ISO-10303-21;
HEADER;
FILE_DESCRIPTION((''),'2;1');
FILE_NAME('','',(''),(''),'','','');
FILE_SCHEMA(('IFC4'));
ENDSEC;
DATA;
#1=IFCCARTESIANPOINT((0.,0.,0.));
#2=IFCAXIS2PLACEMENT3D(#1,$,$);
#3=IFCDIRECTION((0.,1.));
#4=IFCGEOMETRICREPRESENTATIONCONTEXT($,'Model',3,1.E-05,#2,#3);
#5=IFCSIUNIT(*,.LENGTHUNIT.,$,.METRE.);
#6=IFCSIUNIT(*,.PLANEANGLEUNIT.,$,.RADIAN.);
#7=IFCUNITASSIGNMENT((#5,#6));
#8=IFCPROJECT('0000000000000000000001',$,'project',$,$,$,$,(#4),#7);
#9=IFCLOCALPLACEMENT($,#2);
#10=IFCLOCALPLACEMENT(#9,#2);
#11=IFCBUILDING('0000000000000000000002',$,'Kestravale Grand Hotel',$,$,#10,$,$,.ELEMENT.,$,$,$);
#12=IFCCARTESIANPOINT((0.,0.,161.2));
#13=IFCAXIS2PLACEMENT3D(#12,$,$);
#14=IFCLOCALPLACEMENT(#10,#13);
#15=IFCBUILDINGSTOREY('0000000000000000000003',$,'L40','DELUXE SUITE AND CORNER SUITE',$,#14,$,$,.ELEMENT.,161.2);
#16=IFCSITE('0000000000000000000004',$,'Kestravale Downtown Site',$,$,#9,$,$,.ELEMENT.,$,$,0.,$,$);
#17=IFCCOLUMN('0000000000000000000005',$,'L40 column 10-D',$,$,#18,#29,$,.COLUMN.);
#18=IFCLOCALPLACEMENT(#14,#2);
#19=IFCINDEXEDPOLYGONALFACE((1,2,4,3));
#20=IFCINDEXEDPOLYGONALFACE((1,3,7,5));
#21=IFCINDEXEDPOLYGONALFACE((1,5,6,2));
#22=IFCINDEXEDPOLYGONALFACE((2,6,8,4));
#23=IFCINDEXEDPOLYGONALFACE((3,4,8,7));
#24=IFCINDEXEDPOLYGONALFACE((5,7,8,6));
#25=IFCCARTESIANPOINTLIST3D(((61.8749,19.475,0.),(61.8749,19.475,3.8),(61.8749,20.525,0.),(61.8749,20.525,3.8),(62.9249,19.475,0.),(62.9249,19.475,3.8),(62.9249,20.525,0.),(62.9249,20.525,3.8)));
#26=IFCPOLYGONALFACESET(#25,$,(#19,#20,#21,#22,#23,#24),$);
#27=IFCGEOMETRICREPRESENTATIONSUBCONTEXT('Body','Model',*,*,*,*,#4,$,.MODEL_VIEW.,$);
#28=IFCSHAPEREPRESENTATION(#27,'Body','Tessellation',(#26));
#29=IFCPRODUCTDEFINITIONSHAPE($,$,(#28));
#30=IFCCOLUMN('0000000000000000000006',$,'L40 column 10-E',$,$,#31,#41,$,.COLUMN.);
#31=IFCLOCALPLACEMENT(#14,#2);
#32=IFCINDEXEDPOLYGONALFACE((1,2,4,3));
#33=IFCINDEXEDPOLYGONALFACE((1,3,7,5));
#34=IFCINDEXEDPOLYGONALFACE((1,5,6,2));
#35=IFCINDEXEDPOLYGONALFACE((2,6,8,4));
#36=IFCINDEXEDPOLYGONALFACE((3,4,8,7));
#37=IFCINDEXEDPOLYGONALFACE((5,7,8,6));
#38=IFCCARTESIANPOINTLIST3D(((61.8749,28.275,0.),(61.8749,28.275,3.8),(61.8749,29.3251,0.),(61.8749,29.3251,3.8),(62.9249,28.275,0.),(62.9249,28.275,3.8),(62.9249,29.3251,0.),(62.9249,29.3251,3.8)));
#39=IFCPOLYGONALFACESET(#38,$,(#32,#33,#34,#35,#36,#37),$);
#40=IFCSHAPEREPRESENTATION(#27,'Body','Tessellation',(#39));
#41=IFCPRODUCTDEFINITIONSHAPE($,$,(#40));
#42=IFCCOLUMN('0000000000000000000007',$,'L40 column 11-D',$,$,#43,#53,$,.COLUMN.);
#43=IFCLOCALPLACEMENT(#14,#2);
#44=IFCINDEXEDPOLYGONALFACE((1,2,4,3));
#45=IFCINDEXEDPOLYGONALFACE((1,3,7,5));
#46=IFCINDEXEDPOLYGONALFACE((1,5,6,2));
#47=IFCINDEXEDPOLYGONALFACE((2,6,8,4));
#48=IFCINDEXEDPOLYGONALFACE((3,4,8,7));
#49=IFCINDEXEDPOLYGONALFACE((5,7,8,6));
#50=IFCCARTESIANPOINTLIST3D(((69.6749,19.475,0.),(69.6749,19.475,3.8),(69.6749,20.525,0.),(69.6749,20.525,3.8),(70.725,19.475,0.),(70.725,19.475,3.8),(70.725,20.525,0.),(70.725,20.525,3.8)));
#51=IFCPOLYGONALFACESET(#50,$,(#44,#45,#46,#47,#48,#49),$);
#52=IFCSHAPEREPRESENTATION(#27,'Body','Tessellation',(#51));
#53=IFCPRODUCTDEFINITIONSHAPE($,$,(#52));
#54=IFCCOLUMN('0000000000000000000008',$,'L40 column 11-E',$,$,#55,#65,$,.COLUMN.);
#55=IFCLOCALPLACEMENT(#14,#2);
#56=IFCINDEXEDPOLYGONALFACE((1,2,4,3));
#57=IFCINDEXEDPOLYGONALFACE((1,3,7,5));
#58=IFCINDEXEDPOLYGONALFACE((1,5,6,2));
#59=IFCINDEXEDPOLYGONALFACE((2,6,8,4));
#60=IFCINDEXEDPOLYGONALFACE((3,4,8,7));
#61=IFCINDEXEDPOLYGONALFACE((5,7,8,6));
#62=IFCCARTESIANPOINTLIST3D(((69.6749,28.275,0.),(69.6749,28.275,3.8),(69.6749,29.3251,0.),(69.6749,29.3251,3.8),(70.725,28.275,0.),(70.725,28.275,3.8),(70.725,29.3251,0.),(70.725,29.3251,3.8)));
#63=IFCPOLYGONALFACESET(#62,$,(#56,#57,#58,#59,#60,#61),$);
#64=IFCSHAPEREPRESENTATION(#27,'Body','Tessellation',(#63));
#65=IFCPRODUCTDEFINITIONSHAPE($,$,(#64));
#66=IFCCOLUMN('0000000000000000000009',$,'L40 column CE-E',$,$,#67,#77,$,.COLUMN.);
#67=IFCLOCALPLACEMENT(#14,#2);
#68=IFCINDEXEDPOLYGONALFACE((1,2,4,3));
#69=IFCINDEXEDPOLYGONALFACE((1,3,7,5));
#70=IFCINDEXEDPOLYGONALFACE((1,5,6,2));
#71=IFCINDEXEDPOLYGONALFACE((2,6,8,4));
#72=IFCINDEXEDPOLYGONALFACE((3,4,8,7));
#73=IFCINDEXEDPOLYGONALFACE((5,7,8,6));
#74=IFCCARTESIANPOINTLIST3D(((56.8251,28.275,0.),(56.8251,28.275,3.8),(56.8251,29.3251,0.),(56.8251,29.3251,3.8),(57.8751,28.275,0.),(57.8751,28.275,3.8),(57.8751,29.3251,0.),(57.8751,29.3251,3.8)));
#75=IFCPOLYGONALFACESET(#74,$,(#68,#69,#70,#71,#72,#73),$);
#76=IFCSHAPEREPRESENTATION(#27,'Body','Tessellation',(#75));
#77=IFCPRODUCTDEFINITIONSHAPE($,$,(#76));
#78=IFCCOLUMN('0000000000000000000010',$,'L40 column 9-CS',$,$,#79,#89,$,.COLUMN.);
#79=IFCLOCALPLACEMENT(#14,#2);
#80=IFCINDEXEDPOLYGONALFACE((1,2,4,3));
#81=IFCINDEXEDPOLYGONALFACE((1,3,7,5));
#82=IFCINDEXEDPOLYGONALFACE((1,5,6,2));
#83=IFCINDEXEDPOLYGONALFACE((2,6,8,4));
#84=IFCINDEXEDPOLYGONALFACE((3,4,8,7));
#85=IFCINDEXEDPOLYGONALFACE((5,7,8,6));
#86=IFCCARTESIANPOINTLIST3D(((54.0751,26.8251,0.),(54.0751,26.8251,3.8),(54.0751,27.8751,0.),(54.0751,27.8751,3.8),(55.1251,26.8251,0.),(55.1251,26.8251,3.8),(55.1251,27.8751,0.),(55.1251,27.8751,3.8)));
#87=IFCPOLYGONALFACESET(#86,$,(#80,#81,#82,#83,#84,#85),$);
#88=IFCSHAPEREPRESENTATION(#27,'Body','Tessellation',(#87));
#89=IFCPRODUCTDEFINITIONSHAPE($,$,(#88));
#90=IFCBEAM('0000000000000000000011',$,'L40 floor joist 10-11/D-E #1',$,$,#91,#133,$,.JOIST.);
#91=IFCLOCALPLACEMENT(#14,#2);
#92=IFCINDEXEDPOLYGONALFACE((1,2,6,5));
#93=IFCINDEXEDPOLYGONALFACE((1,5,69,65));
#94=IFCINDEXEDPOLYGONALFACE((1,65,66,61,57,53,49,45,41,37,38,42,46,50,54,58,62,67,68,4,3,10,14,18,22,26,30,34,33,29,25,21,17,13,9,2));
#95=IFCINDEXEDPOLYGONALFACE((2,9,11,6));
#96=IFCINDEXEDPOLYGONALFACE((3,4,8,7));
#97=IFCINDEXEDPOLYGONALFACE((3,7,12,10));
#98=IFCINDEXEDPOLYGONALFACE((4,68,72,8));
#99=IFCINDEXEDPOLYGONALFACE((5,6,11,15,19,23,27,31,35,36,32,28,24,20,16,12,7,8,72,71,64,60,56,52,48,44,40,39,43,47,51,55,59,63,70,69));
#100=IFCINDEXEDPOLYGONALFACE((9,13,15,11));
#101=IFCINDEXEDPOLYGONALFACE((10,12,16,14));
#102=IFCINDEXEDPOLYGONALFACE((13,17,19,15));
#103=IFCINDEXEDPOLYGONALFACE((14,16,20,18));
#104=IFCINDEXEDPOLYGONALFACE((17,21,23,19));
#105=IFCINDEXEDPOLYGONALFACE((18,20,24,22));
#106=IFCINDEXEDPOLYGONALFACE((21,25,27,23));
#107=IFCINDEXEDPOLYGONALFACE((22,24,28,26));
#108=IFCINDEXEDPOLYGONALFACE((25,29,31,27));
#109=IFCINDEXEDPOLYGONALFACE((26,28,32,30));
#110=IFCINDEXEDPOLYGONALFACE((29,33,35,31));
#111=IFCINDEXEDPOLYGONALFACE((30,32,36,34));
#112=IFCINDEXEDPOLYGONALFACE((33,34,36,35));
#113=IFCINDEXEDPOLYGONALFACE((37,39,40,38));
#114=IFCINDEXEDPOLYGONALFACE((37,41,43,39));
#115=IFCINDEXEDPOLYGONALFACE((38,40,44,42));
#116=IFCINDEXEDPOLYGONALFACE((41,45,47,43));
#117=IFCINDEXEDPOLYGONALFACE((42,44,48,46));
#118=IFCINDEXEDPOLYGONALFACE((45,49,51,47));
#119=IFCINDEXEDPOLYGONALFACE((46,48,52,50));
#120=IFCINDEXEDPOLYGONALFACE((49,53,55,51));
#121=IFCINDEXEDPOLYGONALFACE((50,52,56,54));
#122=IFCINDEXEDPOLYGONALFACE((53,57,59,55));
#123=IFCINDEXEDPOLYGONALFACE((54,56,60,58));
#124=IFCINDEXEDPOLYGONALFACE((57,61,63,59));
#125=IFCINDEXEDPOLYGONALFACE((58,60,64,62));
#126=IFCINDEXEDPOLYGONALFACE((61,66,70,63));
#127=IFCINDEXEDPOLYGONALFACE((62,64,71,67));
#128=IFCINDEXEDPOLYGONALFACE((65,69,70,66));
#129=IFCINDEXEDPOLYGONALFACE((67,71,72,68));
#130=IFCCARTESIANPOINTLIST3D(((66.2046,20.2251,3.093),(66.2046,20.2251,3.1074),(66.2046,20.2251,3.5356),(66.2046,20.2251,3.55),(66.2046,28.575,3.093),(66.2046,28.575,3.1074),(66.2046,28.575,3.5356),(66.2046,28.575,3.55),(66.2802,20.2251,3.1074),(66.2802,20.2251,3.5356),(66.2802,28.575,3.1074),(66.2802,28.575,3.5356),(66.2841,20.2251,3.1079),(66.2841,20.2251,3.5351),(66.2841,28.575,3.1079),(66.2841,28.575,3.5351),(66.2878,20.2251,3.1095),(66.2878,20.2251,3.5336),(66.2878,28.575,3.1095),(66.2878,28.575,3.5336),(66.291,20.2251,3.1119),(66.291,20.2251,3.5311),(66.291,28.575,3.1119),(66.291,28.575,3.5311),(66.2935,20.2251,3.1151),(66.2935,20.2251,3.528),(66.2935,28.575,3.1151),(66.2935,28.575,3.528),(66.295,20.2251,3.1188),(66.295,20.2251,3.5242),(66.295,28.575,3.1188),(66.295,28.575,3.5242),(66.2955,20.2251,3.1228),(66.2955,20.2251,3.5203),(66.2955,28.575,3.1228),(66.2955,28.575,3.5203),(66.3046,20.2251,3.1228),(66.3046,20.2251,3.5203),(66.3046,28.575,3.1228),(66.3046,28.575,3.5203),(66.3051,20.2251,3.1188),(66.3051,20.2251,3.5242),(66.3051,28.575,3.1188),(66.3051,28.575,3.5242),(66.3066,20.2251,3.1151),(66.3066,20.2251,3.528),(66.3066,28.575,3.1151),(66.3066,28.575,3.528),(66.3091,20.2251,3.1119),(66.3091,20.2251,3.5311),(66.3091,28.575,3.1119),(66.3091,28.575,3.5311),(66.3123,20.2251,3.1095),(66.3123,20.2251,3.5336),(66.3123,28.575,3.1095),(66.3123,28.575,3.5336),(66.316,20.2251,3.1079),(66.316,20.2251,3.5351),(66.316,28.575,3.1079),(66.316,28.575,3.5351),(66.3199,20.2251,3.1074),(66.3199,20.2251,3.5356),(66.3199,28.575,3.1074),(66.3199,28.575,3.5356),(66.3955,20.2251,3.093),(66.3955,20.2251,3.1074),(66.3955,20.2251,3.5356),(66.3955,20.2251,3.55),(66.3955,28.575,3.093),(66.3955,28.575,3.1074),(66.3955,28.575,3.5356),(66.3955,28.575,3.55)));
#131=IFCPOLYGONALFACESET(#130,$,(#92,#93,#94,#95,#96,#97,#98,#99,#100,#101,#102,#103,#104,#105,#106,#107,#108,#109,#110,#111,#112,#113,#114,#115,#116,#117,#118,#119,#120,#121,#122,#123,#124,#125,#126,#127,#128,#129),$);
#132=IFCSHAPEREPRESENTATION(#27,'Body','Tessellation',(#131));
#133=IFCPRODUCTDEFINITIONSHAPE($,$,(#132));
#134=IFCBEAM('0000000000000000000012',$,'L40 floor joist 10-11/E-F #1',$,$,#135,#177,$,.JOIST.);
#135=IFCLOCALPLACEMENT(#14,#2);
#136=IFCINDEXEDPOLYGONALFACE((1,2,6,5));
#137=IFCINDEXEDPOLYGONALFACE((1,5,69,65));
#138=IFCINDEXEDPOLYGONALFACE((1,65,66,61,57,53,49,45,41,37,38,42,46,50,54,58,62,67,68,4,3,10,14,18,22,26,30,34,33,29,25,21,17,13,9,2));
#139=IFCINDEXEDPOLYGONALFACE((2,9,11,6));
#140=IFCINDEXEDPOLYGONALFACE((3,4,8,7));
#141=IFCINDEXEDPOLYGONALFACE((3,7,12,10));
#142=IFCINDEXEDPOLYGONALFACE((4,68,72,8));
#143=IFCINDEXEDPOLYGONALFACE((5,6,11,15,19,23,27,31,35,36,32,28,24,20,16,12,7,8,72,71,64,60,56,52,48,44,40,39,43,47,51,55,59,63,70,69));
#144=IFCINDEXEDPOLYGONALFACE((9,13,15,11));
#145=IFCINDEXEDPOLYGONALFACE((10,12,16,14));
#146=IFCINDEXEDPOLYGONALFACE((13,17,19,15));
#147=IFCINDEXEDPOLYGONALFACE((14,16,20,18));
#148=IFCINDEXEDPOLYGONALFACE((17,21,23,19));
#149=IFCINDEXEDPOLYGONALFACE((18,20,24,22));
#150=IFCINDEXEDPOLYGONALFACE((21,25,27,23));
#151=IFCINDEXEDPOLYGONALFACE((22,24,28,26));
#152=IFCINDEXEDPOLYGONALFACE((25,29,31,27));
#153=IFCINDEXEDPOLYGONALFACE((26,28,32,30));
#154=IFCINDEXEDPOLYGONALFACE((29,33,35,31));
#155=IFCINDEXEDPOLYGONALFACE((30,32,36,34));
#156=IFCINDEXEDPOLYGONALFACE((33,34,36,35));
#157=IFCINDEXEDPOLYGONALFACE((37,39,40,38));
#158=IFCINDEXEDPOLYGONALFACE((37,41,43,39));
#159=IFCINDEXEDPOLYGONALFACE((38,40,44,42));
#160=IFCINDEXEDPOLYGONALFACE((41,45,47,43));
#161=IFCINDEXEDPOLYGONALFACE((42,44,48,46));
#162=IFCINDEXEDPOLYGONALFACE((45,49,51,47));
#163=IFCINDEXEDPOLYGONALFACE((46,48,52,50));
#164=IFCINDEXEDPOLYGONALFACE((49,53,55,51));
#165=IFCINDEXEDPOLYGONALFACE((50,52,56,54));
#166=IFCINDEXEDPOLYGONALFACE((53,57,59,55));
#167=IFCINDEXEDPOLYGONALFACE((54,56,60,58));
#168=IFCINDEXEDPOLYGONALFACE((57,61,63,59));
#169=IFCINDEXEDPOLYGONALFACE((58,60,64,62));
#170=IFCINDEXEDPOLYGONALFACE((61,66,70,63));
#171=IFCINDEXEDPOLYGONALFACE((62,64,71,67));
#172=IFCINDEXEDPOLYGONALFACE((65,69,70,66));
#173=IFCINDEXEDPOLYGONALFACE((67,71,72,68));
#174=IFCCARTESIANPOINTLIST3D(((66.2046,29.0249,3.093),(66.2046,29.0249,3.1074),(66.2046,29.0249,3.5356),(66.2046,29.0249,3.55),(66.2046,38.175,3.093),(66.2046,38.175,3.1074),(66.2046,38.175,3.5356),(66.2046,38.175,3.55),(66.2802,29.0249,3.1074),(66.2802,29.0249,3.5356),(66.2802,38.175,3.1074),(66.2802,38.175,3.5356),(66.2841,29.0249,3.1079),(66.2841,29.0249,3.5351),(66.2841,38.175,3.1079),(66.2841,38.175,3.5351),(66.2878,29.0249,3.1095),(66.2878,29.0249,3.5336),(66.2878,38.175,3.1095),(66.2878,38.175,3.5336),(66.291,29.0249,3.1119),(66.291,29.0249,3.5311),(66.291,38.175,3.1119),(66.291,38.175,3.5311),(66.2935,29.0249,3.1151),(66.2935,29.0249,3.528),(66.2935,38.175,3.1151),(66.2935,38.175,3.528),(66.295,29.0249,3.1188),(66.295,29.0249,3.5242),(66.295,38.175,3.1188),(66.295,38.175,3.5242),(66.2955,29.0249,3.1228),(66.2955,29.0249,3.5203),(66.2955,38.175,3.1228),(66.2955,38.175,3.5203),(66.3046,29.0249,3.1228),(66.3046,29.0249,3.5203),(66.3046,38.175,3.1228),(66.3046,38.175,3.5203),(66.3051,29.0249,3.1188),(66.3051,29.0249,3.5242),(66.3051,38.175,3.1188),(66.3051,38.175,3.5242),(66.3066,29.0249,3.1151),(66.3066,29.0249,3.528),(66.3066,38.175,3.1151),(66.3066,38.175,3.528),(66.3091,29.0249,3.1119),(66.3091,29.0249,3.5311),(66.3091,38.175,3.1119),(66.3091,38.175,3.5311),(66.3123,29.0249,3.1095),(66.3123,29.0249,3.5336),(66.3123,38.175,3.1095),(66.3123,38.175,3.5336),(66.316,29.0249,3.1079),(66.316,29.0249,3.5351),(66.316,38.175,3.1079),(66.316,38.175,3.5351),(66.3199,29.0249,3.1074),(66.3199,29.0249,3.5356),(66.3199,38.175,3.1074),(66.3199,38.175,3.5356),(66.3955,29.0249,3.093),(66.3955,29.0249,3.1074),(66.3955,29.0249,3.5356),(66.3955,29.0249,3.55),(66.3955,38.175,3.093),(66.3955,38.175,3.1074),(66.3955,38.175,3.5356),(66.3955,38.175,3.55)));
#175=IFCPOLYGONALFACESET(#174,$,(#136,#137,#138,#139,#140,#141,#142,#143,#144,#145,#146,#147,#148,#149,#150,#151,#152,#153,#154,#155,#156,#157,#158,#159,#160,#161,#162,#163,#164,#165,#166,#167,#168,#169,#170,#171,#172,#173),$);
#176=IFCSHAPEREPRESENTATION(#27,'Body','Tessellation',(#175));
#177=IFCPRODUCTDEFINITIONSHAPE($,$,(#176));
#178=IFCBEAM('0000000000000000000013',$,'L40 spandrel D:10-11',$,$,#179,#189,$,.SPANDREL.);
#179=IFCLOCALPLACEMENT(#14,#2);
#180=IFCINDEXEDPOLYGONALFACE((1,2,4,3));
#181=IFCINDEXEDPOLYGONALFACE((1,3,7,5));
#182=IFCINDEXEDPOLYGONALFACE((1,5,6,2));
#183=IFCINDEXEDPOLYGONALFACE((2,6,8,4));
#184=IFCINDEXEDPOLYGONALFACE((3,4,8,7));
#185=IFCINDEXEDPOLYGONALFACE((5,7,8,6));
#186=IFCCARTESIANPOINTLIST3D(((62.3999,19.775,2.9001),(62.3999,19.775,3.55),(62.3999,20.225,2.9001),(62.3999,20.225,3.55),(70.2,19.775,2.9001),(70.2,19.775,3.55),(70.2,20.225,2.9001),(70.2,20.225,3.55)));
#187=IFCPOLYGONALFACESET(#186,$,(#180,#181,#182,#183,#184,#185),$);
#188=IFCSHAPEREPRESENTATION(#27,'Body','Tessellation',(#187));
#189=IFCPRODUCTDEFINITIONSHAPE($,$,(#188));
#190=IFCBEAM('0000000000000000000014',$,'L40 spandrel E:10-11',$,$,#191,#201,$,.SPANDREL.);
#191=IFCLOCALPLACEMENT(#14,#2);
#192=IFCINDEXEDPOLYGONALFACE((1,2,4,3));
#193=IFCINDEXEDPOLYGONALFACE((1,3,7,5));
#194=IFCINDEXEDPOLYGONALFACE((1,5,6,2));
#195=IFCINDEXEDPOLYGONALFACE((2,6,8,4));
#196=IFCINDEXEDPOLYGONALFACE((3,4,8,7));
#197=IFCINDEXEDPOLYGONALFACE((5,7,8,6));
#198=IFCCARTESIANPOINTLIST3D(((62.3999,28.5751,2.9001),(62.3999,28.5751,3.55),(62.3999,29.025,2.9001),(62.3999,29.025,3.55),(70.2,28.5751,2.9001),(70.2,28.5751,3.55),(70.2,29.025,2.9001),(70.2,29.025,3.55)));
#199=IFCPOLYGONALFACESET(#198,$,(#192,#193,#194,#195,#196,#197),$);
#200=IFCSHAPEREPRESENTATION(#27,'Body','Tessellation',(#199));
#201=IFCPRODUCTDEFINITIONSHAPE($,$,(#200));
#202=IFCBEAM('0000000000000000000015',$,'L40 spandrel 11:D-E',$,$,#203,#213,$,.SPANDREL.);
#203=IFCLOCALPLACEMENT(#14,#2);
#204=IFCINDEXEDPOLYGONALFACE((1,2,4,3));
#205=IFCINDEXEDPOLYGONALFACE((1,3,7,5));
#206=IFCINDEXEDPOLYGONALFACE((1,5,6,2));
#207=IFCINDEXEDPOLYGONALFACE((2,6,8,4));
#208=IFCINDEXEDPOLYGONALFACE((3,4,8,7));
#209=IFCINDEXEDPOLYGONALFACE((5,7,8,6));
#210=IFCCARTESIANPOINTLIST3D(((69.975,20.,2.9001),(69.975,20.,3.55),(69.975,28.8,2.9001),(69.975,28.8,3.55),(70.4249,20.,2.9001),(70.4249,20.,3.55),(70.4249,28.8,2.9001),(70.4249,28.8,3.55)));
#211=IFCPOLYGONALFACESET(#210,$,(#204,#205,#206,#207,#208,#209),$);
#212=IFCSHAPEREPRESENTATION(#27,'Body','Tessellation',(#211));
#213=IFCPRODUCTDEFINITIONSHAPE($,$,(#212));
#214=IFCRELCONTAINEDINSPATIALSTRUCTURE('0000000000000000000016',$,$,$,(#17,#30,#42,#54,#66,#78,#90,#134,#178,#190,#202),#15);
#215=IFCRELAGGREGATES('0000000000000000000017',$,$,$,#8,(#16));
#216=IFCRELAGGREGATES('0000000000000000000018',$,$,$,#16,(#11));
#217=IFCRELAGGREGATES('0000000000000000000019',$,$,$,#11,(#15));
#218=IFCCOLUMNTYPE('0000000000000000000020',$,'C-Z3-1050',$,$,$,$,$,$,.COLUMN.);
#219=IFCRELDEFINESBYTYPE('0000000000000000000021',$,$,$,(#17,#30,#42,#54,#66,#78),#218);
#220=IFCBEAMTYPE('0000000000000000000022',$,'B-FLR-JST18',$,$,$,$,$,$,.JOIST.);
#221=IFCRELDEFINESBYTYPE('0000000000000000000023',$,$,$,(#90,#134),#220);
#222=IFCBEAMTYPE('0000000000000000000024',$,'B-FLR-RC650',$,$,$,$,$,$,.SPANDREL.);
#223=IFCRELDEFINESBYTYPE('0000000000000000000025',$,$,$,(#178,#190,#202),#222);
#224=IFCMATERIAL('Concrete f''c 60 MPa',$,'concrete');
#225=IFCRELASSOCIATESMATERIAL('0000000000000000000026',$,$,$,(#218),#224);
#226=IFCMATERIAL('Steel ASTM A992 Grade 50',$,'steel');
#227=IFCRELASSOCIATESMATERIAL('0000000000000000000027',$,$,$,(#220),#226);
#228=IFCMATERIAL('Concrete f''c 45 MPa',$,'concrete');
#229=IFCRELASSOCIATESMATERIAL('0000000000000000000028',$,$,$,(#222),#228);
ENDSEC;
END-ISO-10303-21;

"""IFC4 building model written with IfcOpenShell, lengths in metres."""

from ifc_helpers import new_model, si_unit, direction, frame, origin, origin_2d, place, context, subcontext, project, spatial, rectangle, i_section, extrude, material, material_profile, profile_set, type_object, element, save


model = new_model("IFC4")

# Units and contexts
model_context = context("Model", 3, precision=1e-05, world=origin(), true_north=direction((0.0, 1.0)))
body_context = subcontext(model_context, "Body", "Model", "MODEL_VIEW")
ifc_project = project(units=[si_unit("LENGTHUNIT", "METRE"), si_unit("PLANEANGLEUNIT", "RADIAN")], contexts=[model_context])

# Site, building, storey
site_placement = place(None, origin())
site = spatial("IfcSite", under=ifc_project, at=site_placement, Name="Kestravale Downtown Site", CompositionType="ELEMENT", RefElevation=0.0)
building_placement = place(site_placement, origin())
building = spatial("IfcBuilding", under=site, at=building_placement, Name="Kestravale Grand Hotel", CompositionType="ELEMENT")
storey_placement = place(building_placement, frame((0.0, 0.0, 161.2)))
storey = spatial("IfcBuildingStorey", under=building, at=storey_placement, Name="L40", Description="DELUXE SUITE AND CORNER SUITE", CompositionType="ELEMENT", Elevation=161.2)

# Columns
ifc_material_1 = material(Name="Concrete f'c 60 MPa", Category="concrete")
ifc_material_profile_1 = material_profile(ifc_material_1, rectangle(XDim=1.05, YDim=1.05, at=origin_2d()))
ifc_profile_set_1 = profile_set([ifc_material_profile_1], Name="Concrete f'c 60 MPa")
column_type = type_object("IfcColumnType", Name="C-Z3-1050", PredefinedType="COLUMN", material=ifc_profile_set_1)
for number, where, z_axis, x_axis, name in (
    (1, (62.3999, 20.0, 0.0), (0.0, 0.0, 1.0), (1.0, 0.0, 0.0), "L40 column 10-D"),
    (2, (62.3999, 28.8, 0.0), (0.0, 0.0, 1.0), (1.0, 0.0, 0.0), "L40 column 10-E"),
    (3, (70.2, 20.0, 0.0), (0.0, 0.0, 1.0), (1.0, 0.0, 0.0), "L40 column 11-D"),
    (4, (70.2, 28.8, 0.0), (0.0, 0.0, 1.0), (1.0, 0.0, 0.0), "L40 column 11-E"),
    (5, (57.3501, 28.8, 0.0), (0.0, 0.0, 1.0), (1.0, 0.0, 0.0), "L40 column CE-E"),
    (6, (54.6001, 27.3501, 0.0), (0.0, 0.0, 1.0), (1.0, 0.0, 0.0), "L40 column 9-CS"),
):
    element("IfcColumn", number, at=place(storey_placement, frame(where, z_axis=z_axis, x_axis=x_axis)), inside=storey, type_object=column_type, Name=name, PredefinedType="COLUMN", context=body_context, shape_type="SweptSolid", body=[
        extrude(rectangle(XDim=1.05, YDim=1.05, at=origin_2d()), origin(), (0.0, 0.0, 1.0), 3.8),
    ])

# Beams
ifc_material_2 = material(Name="Steel ASTM A992 Grade 50", Category="steel")
ifc_material_profile_2 = material_profile(ifc_material_2, i_section(OverallWidth=0.1909, OverallDepth=0.457, WebThickness=0.009, FlangeThickness=0.0144, FilletRadius=0.0154, at=origin_2d()))
ifc_profile_set_2 = profile_set([ifc_material_profile_2], Name="Steel ASTM A992 Grade 50")
beam_type_1 = type_object("IfcBeamType", Name="B-FLR-JST18", PredefinedType="JOIST", material=ifc_profile_set_2)
beam_1_placement = place(storey_placement, frame((66.3, 20.2251, 3.3215), z_axis=(0.0, 1.0, 0.0), x_axis=(-1.0, 0.0, 0.0)))
element("IfcBeam", 7, at=beam_1_placement, inside=storey, type_object=beam_type_1, Name="L40 floor joist 10-11/D-E #1", PredefinedType="JOIST", context=body_context, shape_type="SweptSolid", body=[
    extrude(i_section(OverallWidth=0.1909, OverallDepth=0.457, WebThickness=0.009, FlangeThickness=0.0144, FilletRadius=0.0154, at=origin_2d()), origin(), (0.0, 0.0, 1.0), 8.3499),
])
beam_2_placement = place(storey_placement, frame((66.3, 29.0249, 3.3215), z_axis=(0.0, 1.0, 0.0), x_axis=(-1.0, 0.0, 0.0)))
element("IfcBeam", 8, at=beam_2_placement, inside=storey, type_object=beam_type_1, Name="L40 floor joist 10-11/E-F #1", PredefinedType="JOIST", context=body_context, shape_type="SweptSolid", body=[
    extrude(i_section(OverallWidth=0.1909, OverallDepth=0.457, WebThickness=0.009, FlangeThickness=0.0144, FilletRadius=0.0154, at=origin_2d()), origin(), (0.0, 0.0, 1.0), 9.1501),
])
ifc_material_3 = material(Name="Concrete f'c 45 MPa", Category="concrete")
ifc_material_profile_3 = material_profile(ifc_material_3, rectangle(XDim=0.45, YDim=0.6499, at=origin_2d()))
ifc_profile_set_3 = profile_set([ifc_material_profile_3], Name="Concrete f'c 45 MPa")
beam_type_2 = type_object("IfcBeamType", Name="B-FLR-RC650", PredefinedType="SPANDREL", material=ifc_profile_set_3)
for number, where, z_axis, x_axis, name in (
    (9, (62.3999, 20.0, 3.2251), (1.0, 0.0, 0.0), (0.0, 1.0, 0.0), "L40 spandrel D:10-11"),
    (10, (62.3999, 28.8, 3.2251), (1.0, 0.0, 0.0), (0.0, 1.0, 0.0), "L40 spandrel E:10-11"),
):
    element("IfcBeam", number, at=place(storey_placement, frame(where, z_axis=z_axis, x_axis=x_axis)), inside=storey, type_object=beam_type_2, Name=name, PredefinedType="SPANDREL", context=body_context, shape_type="SweptSolid", body=[
        extrude(rectangle(XDim=0.45, YDim=0.6499, at=origin_2d()), origin(), (0.0, 0.0, 1.0), 7.8),
    ])
beam_3_placement = place(storey_placement, frame((70.2, 20.0, 3.2251), z_axis=(0.0, 1.0, 0.0), x_axis=(-1.0, 0.0, 0.0)))
element("IfcBeam", 11, at=beam_3_placement, inside=storey, type_object=beam_type_2, Name="L40 spandrel 11:D-E", PredefinedType="SPANDREL", context=body_context, shape_type="SweptSolid", body=[
    extrude(rectangle(XDim=0.45, YDim=0.6499, at=origin_2d()), origin(), (0.0, 0.0, 1.0), 8.8),
])

save(model, "model.ifc")
